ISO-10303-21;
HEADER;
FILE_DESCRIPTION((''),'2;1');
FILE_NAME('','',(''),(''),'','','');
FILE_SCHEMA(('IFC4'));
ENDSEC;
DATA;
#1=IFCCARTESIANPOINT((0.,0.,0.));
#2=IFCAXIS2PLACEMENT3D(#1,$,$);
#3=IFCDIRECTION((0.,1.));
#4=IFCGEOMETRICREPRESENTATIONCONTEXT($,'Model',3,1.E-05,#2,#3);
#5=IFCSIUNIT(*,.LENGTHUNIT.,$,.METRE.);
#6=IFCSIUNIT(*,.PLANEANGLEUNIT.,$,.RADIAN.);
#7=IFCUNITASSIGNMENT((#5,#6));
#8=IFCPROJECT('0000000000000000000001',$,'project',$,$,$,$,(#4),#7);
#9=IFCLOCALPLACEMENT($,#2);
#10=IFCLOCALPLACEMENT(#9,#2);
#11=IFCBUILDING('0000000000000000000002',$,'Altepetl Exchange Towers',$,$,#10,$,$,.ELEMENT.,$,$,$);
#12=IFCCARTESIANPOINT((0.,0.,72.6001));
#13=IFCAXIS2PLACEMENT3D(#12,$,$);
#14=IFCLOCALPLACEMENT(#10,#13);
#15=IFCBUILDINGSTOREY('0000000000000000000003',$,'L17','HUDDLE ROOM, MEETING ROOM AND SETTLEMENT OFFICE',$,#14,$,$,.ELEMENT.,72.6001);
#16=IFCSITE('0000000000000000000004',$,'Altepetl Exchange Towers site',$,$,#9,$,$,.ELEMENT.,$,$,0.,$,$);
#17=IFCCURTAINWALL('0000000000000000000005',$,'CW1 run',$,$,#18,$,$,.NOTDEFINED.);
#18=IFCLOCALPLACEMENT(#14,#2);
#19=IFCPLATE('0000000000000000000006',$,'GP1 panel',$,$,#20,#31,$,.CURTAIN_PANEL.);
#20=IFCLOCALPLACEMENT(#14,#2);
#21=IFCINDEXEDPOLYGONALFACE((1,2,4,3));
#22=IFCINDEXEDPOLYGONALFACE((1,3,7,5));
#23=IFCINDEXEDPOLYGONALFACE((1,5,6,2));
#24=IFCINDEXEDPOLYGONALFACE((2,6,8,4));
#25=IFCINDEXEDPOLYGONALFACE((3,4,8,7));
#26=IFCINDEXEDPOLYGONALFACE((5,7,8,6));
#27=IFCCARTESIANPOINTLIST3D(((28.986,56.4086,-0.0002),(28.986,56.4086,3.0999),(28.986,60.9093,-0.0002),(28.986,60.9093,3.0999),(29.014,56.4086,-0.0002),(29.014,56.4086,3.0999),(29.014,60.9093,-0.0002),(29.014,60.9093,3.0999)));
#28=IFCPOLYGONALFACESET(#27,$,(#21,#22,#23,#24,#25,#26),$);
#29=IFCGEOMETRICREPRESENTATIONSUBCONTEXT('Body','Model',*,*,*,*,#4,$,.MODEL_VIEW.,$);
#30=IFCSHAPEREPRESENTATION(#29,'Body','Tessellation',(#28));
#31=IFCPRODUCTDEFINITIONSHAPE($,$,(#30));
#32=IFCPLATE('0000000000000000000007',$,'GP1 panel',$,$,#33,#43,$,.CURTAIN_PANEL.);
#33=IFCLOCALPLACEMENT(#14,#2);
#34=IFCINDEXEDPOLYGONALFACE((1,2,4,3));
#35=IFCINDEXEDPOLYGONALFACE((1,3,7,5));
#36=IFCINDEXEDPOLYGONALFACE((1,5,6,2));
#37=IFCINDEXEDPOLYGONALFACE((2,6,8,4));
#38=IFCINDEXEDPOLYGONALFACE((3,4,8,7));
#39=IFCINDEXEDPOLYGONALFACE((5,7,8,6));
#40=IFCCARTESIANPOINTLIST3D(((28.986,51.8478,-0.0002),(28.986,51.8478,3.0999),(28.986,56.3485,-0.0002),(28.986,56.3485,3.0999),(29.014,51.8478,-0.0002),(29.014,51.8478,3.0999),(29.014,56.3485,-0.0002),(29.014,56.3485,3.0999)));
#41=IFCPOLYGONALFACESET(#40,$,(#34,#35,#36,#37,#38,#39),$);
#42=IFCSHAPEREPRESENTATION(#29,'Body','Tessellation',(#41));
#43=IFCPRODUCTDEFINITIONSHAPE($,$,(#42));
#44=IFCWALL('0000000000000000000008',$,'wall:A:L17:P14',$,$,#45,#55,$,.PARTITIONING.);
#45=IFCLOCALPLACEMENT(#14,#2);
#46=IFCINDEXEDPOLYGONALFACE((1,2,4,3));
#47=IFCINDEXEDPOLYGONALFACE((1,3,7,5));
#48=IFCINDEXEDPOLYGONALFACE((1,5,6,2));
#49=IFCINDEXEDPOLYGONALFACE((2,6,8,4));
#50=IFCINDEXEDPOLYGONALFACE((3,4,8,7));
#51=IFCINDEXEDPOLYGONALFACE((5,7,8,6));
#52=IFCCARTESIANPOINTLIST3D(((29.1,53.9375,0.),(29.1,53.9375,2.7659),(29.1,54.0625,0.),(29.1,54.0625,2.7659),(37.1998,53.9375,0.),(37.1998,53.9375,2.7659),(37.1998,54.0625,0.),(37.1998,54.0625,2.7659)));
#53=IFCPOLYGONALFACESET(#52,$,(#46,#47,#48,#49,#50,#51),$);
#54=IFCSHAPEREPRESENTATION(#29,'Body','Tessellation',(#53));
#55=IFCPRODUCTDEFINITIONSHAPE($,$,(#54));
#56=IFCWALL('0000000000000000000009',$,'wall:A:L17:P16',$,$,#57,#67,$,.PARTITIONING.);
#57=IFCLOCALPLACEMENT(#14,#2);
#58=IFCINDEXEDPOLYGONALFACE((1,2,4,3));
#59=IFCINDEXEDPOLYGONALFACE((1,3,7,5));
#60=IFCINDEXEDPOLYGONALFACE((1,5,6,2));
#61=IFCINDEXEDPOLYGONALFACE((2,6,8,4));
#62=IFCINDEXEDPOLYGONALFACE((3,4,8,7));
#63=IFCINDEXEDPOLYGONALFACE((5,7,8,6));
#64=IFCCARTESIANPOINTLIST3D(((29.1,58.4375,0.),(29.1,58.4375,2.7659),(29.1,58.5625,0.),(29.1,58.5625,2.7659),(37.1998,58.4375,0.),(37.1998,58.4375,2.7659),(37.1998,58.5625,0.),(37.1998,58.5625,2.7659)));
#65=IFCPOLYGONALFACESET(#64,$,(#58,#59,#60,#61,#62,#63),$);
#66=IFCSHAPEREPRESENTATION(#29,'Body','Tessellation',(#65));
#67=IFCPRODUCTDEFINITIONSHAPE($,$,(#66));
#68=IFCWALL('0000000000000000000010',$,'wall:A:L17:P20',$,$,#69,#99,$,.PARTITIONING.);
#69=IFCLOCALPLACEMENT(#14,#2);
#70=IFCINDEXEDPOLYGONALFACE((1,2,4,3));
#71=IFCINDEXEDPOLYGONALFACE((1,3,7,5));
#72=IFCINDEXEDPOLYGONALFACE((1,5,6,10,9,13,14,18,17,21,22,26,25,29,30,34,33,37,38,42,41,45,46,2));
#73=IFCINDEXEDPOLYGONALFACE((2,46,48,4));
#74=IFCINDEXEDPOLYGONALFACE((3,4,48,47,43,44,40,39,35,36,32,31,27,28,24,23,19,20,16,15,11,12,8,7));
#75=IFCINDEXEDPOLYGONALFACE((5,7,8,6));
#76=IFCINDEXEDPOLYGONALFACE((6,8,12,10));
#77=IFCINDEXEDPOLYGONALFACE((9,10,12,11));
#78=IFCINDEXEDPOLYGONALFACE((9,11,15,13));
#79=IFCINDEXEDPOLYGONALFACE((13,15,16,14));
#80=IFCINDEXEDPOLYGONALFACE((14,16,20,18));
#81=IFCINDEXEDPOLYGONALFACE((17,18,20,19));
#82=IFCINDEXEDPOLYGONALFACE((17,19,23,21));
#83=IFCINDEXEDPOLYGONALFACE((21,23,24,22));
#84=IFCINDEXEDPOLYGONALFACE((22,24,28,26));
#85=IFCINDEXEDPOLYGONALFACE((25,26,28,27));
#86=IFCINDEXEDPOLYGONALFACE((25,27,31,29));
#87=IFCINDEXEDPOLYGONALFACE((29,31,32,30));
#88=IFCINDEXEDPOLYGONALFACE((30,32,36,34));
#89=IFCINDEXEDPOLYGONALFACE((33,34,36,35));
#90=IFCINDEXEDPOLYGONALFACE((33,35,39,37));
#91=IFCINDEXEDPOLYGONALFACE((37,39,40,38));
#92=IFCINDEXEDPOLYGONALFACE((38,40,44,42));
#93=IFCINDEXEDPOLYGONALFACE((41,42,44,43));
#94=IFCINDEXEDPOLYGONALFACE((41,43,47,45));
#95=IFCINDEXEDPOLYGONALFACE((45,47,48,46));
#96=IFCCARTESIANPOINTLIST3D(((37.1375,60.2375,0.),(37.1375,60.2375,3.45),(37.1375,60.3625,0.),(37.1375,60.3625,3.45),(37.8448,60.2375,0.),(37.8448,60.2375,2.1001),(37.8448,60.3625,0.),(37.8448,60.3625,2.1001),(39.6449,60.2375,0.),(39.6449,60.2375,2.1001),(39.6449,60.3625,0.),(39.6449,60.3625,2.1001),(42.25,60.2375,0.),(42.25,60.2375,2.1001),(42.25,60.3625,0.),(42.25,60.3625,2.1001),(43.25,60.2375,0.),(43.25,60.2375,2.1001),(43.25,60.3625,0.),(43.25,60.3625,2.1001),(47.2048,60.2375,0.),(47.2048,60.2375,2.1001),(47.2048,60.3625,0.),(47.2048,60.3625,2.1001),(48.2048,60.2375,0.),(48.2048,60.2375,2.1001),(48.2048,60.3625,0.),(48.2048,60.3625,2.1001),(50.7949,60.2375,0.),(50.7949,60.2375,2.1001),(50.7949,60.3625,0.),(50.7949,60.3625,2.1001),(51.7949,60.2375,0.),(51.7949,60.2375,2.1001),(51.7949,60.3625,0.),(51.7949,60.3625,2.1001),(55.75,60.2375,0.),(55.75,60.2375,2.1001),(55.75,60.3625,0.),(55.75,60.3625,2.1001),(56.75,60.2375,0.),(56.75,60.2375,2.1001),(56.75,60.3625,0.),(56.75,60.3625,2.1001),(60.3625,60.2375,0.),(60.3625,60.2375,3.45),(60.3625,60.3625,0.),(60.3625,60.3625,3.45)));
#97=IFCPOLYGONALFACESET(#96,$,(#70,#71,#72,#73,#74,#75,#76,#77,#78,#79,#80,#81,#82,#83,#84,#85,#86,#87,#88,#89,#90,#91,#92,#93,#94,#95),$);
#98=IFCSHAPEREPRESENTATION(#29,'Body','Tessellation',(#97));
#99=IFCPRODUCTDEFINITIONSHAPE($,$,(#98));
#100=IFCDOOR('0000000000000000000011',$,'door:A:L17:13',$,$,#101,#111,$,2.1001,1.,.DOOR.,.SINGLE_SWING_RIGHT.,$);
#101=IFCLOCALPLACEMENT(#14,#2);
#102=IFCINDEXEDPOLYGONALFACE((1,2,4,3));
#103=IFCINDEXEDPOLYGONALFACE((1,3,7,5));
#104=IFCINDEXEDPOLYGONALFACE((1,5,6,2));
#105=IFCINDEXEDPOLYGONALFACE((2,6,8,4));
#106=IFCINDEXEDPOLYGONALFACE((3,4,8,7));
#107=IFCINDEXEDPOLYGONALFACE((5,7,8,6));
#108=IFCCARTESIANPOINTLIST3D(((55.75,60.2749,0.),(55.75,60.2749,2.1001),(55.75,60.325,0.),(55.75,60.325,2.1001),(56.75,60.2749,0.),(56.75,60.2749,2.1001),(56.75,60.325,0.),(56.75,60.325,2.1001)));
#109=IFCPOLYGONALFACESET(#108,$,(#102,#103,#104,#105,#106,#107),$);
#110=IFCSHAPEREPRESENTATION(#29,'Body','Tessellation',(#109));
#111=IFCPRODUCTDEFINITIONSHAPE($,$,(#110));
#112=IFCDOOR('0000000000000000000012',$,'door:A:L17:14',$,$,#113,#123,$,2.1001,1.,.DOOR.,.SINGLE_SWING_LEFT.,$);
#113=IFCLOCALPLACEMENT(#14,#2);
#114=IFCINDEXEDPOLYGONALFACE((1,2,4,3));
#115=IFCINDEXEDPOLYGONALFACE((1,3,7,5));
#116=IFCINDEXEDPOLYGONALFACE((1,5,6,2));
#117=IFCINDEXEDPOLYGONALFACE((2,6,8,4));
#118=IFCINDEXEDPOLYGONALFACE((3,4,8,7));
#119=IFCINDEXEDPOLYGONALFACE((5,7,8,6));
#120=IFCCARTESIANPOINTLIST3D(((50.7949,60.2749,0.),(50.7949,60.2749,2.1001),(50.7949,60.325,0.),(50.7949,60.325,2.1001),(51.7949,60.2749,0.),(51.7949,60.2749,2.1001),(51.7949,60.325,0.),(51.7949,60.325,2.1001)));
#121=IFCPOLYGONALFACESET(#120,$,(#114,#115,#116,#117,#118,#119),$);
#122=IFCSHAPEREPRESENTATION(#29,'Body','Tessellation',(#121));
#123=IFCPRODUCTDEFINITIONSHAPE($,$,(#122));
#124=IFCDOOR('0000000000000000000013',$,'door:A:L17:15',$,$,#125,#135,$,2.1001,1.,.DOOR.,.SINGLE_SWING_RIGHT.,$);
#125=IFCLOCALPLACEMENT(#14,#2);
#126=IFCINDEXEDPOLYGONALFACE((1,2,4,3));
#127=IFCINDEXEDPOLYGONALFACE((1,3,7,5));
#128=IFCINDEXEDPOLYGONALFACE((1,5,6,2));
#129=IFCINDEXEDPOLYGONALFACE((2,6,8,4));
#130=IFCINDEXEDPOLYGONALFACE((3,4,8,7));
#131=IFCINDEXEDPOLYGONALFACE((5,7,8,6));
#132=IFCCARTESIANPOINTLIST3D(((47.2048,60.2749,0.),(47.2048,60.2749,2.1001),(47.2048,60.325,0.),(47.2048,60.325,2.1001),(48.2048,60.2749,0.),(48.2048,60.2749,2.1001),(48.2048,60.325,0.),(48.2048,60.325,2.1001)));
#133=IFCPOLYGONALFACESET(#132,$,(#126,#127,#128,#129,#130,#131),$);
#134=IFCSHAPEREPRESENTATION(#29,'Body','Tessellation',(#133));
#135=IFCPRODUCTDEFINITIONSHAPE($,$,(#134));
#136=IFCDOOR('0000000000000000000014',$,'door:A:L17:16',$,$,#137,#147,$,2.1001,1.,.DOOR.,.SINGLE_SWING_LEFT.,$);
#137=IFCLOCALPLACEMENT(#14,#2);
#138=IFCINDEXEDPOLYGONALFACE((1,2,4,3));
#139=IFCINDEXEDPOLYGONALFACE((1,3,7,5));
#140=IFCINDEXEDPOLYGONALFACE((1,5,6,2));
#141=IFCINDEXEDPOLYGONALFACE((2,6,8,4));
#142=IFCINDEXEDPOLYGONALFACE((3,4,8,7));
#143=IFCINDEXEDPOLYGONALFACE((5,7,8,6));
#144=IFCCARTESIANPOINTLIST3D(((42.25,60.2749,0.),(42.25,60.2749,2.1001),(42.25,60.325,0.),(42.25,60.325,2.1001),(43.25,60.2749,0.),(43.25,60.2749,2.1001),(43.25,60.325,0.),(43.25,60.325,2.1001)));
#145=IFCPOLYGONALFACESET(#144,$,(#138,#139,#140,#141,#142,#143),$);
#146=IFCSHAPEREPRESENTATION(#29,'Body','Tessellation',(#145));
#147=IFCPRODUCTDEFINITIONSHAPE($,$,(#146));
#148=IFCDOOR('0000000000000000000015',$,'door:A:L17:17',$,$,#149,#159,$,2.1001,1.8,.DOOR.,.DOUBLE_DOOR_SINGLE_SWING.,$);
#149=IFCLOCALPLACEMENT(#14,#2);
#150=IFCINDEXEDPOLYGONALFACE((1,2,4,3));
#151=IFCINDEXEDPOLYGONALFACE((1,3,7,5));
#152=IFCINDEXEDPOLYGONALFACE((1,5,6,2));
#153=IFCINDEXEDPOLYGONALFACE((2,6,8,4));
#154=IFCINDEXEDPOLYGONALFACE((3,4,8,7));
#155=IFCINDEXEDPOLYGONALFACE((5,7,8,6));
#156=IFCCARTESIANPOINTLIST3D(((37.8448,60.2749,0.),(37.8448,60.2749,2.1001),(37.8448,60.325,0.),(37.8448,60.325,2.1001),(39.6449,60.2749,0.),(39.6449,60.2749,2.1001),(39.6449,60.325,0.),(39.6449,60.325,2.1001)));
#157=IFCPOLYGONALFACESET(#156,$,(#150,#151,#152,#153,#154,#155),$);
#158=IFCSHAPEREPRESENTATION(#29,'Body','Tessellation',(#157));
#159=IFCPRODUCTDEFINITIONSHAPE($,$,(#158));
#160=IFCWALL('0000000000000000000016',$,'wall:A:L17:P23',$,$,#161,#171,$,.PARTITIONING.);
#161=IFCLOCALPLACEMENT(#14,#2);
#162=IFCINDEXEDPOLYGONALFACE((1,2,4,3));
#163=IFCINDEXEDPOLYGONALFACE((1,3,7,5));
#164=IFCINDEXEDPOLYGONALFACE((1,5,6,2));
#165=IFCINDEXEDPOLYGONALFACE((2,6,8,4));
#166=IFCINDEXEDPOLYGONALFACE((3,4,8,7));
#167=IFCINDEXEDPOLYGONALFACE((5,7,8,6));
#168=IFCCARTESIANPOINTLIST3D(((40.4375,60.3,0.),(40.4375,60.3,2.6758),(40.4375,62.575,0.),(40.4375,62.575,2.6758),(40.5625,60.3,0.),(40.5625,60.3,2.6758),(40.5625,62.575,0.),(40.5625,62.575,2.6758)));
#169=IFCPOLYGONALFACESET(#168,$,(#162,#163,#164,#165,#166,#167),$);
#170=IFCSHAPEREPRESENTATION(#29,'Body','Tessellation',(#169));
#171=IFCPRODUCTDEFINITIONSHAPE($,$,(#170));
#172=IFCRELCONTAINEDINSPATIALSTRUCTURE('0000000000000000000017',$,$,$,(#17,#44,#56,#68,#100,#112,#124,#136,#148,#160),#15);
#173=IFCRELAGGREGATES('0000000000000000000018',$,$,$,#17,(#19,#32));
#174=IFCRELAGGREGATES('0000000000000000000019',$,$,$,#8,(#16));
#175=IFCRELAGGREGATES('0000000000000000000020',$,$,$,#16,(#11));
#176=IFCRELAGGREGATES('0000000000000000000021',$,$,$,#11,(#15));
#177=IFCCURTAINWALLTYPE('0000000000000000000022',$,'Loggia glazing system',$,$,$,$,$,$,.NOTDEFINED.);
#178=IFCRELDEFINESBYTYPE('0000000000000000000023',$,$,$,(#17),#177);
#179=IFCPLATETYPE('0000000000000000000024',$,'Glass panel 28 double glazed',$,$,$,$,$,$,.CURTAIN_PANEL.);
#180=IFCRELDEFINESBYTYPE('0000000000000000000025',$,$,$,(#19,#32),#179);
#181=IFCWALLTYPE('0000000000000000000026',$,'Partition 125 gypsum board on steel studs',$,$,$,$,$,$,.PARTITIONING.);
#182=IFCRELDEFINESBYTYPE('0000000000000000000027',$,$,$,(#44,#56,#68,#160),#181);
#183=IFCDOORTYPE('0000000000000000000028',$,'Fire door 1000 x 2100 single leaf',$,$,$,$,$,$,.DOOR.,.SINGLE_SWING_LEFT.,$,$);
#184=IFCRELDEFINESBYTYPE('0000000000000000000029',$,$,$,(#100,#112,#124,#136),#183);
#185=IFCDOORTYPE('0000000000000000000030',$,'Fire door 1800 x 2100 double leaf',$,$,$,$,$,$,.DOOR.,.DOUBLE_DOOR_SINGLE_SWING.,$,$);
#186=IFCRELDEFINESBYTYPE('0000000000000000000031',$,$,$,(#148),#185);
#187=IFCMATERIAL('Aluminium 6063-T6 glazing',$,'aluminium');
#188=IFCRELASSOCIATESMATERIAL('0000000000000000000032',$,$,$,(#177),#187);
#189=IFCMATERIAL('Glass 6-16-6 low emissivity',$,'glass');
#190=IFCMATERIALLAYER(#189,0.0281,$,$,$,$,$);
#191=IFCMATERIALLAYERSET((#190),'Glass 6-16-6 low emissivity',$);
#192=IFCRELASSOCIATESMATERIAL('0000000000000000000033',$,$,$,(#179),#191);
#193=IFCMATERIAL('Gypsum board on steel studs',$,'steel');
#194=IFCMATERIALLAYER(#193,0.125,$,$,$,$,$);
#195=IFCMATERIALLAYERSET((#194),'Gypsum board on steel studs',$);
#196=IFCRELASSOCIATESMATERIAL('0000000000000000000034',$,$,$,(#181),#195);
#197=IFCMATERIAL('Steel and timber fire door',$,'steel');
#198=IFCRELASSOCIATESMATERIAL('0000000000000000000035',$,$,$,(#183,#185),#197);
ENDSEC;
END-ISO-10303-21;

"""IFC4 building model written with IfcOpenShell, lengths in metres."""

from ifc_helpers import new_model, si_unit, direction, frame, frame_2d, origin, origin_2d, place, context, subcontext, project, spatial, rectangle, extrude, material, layer, layer_set, type_object, element, fill, aggregate, save


model = new_model("IFC4")

# Units and contexts
model_context = context("Model", 3, precision=1e-05, world=origin(), true_north=direction((0.0, 1.0)))
body_context = subcontext(model_context, "Body", "Model", "MODEL_VIEW")
ifc_project = project(units=[si_unit("LENGTHUNIT", "METRE"), si_unit("PLANEANGLEUNIT", "RADIAN")], contexts=[model_context])

# Site, building, storey
site_placement = place(None, origin())
site = spatial("IfcSite", under=ifc_project, at=site_placement, Name="Altepetl Exchange Towers site", CompositionType="ELEMENT", RefElevation=0.0)
building_placement = place(site_placement, origin())
building = spatial("IfcBuilding", under=site, at=building_placement, Name="Altepetl Exchange Towers", CompositionType="ELEMENT")
storey_placement = place(building_placement, frame((0.0, 0.0, 72.6001)))
storey = spatial("IfcBuildingStorey", under=building, at=storey_placement, Name="L17", Description="HUDDLE ROOM, MEETING ROOM AND SETTLEMENT OFFICE", CompositionType="ELEMENT", Elevation=72.6001)

# Curtain wall
ifc_material_1 = material(Name="Aluminium 6063-T6 glazing", Category="aluminium")
curtain_wall_type = type_object("IfcCurtainWallType", Name="Loggia glazing system", PredefinedType="NOTDEFINED", material=ifc_material_1)
curtain_wall_placement = place(storey_placement, origin())
curtain_wall = element("IfcCurtainWall", 1, at=curtain_wall_placement, inside=storey, type_object=curtain_wall_type, Name="CW1 run", PredefinedType="NOTDEFINED")

# Plates
ifc_material_2 = material(Name="Glass 6-16-6 low emissivity", Category="glass")
ifc_layer_1 = layer(ifc_material_2, 0.0281)
ifc_layer_set_1 = layer_set([ifc_layer_1], Name="Glass 6-16-6 low emissivity")
plate_type = type_object("IfcPlateType", Name="Glass panel 28 double glazed", PredefinedType="CURTAIN_PANEL", material=ifc_layer_set_1)
plate_1_placement = place(storey_placement, frame((29.0, 58.6589, -0.0002), z_axis=(0.0, 0.0, 1.0), x_axis=(0.0, -1.0, 0.0)))
plate_1 = element("IfcPlate", 2, at=plate_1_placement, type_object=plate_type, Name="GP1 panel", PredefinedType="CURTAIN_PANEL", context=body_context, shape_type="SweptSolid", body=[
    extrude(rectangle(XDim=4.5007, YDim=0.0281, at=origin_2d()), origin(), (0.0, 0.0, 1.0), 3.1001),
])
plate_2_placement = place(storey_placement, frame((29.0, 54.0981, -0.0002), z_axis=(0.0, 0.0, 1.0), x_axis=(0.0, -1.0, 0.0)))
plate_2 = element("IfcPlate", 3, at=plate_2_placement, type_object=plate_type, Name="GP1 panel", PredefinedType="CURTAIN_PANEL", context=body_context, shape_type="SweptSolid", body=[
    extrude(rectangle(XDim=4.5007, YDim=0.0281, at=origin_2d()), origin(), (0.0, 0.0, 1.0), 3.1001),
])
aggregate(curtain_wall, [plate_1, plate_2])

# Walls
ifc_material_3 = material(Name="Gypsum board on steel studs", Category="steel")
ifc_layer_2 = layer(ifc_material_3, 0.125)
ifc_layer_set_2 = layer_set([ifc_layer_2], Name="Gypsum board on steel studs")
wall_type_1 = type_object("IfcWallType", Name="Partition 125 gypsum board on steel studs", PredefinedType="PARTITIONING", material=ifc_layer_set_2)
for number, where, name in (
    (4, (29.1001, 54.0, 0.0), "wall:A:L17:P14"),
    (5, (29.1001, 58.5, 0.0), "wall:A:L17:P16"),
):
    element("IfcWall", number, at=place(storey_placement, frame(where)), inside=storey, type_object=wall_type_1, Name=name, PredefinedType="PARTITIONING", context=body_context, shape_type="SweptSolid", body=[
        extrude(rectangle(XDim=8.0999, YDim=0.125, at=frame_2d((4.0498, 0.0))), origin(), (0.0, 0.0, 1.0), 2.7659),
    ])

# Wall, openings, doors
wall_1_placement = place(storey_placement, frame((37.1375, 60.3, 0.0)))
wall_1 = element("IfcWall", 6, at=wall_1_placement, inside=storey, type_object=wall_type_1, Name="wall:A:L17:P20", PredefinedType="PARTITIONING", context=body_context, shape_type="SweptSolid", body=[
    extrude(rectangle(XDim=23.2251, YDim=0.125, at=frame_2d((11.6125, 0.0))), origin(), (0.0, 0.0, 1.0), 3.45),
])
opening_1_placement = place(wall_1_placement, frame((18.6125, 0.0, 0.0)))
opening_1 = element("IfcOpeningElement", 7, at=opening_1_placement, cuts=wall_1, PredefinedType="OPENING", context=body_context, shape_type="SweptSolid", body=[
    extrude(rectangle(XDim=1.0, YDim=2.1001, at=frame_2d((0.5, 1.05))), frame((0.0, 0.0725, 0.0), z_axis=(0.0, -1.0, 0.0), x_axis=(1.0, 0.0, 0.0)), (0.0, 0.0, 1.0), 0.145),
])
opening_2_placement = place(wall_1_placement, frame((13.6575, 0.0, 0.0)))
opening_2 = element("IfcOpeningElement", 8, at=opening_2_placement, cuts=wall_1, PredefinedType="OPENING", context=body_context, shape_type="SweptSolid", body=[
    extrude(rectangle(XDim=1.0, YDim=2.1001, at=frame_2d((0.5, 1.05))), frame((0.0, 0.0725, 0.0), z_axis=(0.0, -1.0, 0.0), x_axis=(1.0, 0.0, 0.0)), (0.0, 0.0, 1.0), 0.145),
])
opening_3_placement = place(wall_1_placement, frame((10.0674, 0.0, 0.0)))
opening_3 = element("IfcOpeningElement", 9, at=opening_3_placement, cuts=wall_1, PredefinedType="OPENING", context=body_context, shape_type="SweptSolid", body=[
    extrude(rectangle(XDim=1.0, YDim=2.1001, at=frame_2d((0.5, 1.05))), frame((0.0, 0.0725, 0.0), z_axis=(0.0, -1.0, 0.0), x_axis=(1.0, 0.0, 0.0)), (0.0, 0.0, 1.0), 0.145),
])
opening_4_placement = place(wall_1_placement, frame((5.1125, 0.0, 0.0)))
opening_4 = element("IfcOpeningElement", 10, at=opening_4_placement, cuts=wall_1, PredefinedType="OPENING", context=body_context, shape_type="SweptSolid", body=[
    extrude(rectangle(XDim=1.0, YDim=2.1001, at=frame_2d((0.5, 1.05))), frame((0.0, 0.0725, 0.0), z_axis=(0.0, -1.0, 0.0), x_axis=(1.0, 0.0, 0.0)), (0.0, 0.0, 1.0), 0.145),
])
opening_5_placement = place(wall_1_placement, frame((0.7075, 0.0, 0.0)))
opening_5 = element("IfcOpeningElement", 11, at=opening_5_placement, cuts=wall_1, PredefinedType="OPENING", context=body_context, shape_type="SweptSolid", body=[
    extrude(rectangle(XDim=1.8, YDim=2.1001, at=frame_2d((0.8999, 1.05))), frame((0.0, 0.0725, 0.0), z_axis=(0.0, -1.0, 0.0), x_axis=(1.0, 0.0, 0.0)), (0.0, 0.0, 1.0), 0.145),
])
ifc_material_4 = material(Name="Steel and timber fire door", Category="steel")
door_type_1 = type_object("IfcDoorType", Name="Fire door 1000 x 2100 single leaf", OperationType="SINGLE_SWING_LEFT", PredefinedType="DOOR", material=ifc_material_4)
door_1_placement = place(opening_1_placement, origin())
door_1 = element("IfcDoor", 12, at=door_1_placement, inside=storey, type_object=door_type_1, Name="door:A:L17:13", OperationType="SINGLE_SWING_RIGHT", OverallHeight=2.1001, OverallWidth=1.0, PredefinedType="DOOR", context=body_context, shape_type="SweptSolid", body=[
    extrude(rectangle(XDim=1.0, YDim=2.1001, at=frame_2d((0.5, 1.05))), frame((0.0, 0.0249, 0.0), z_axis=(0.0, -1.0, 0.0), x_axis=(1.0, 0.0, 0.0)), (0.0, 0.0, 1.0), 0.05),
])
fill(opening_1, door_1)
door_2_placement = place(opening_2_placement, origin())
door_2 = element("IfcDoor", 13, at=door_2_placement, inside=storey, type_object=door_type_1, Name="door:A:L17:14", OperationType="SINGLE_SWING_LEFT", OverallHeight=2.1001, OverallWidth=1.0, PredefinedType="DOOR", context=body_context, shape_type="SweptSolid", body=[
    extrude(rectangle(XDim=1.0, YDim=2.1001, at=frame_2d((0.5, 1.05))), frame((0.0, 0.0249, 0.0), z_axis=(0.0, -1.0, 0.0), x_axis=(1.0, 0.0, 0.0)), (0.0, 0.0, 1.0), 0.05),
])
fill(opening_2, door_2)
door_3_placement = place(opening_3_placement, origin())
door_3 = element("IfcDoor", 14, at=door_3_placement, inside=storey, type_object=door_type_1, Name="door:A:L17:15", OperationType="SINGLE_SWING_RIGHT", OverallHeight=2.1001, OverallWidth=1.0, PredefinedType="DOOR", context=body_context, shape_type="SweptSolid", body=[
    extrude(rectangle(XDim=1.0, YDim=2.1001, at=frame_2d((0.5, 1.05))), frame((0.0, 0.0249, 0.0), z_axis=(0.0, -1.0, 0.0), x_axis=(1.0, 0.0, 0.0)), (0.0, 0.0, 1.0), 0.05),
])
fill(opening_3, door_3)
door_4_placement = place(opening_4_placement, origin())
door_4 = element("IfcDoor", 15, at=door_4_placement, inside=storey, type_object=door_type_1, Name="door:A:L17:16", OperationType="SINGLE_SWING_LEFT", OverallHeight=2.1001, OverallWidth=1.0, PredefinedType="DOOR", context=body_context, shape_type="SweptSolid", body=[
    extrude(rectangle(XDim=1.0, YDim=2.1001, at=frame_2d((0.5, 1.05))), frame((0.0, 0.0249, 0.0), z_axis=(0.0, -1.0, 0.0), x_axis=(1.0, 0.0, 0.0)), (0.0, 0.0, 1.0), 0.05),
])
fill(opening_4, door_4)
door_type_2 = type_object("IfcDoorType", Name="Fire door 1800 x 2100 double leaf", OperationType="DOUBLE_DOOR_SINGLE_SWING", PredefinedType="DOOR", material=ifc_material_4)
door_5_placement = place(opening_5_placement, origin())
door_5 = element("IfcDoor", 16, at=door_5_placement, inside=storey, type_object=door_type_2, Name="door:A:L17:17", OperationType="DOUBLE_DOOR_SINGLE_SWING", OverallHeight=2.1001, OverallWidth=1.8, PredefinedType="DOOR", context=body_context, shape_type="SweptSolid", body=[
    extrude(rectangle(XDim=1.8, YDim=2.1001, at=frame_2d((0.8999, 1.05))), frame((0.0, 0.0249, 0.0), z_axis=(0.0, -1.0, 0.0), x_axis=(1.0, 0.0, 0.0)), (0.0, 0.0, 1.0), 0.05),
])
fill(opening_5, door_5)

# Wall
wall_2_placement = place(storey_placement, frame((40.5, 60.3, 0.0), z_axis=(0.0, 0.0, 1.0), x_axis=(0.0, 1.0, 0.0)))
element("IfcWall", 17, at=wall_2_placement, inside=storey, type_object=wall_type_1, Name="wall:A:L17:P23", PredefinedType="PARTITIONING", context=body_context, shape_type="SweptSolid", body=[
    extrude(rectangle(XDim=2.2749, YDim=0.125, at=frame_2d((1.1375, 0.0))), origin(), (0.0, 0.0, 1.0), 2.6758),
])

save(model, "model.ifc")
